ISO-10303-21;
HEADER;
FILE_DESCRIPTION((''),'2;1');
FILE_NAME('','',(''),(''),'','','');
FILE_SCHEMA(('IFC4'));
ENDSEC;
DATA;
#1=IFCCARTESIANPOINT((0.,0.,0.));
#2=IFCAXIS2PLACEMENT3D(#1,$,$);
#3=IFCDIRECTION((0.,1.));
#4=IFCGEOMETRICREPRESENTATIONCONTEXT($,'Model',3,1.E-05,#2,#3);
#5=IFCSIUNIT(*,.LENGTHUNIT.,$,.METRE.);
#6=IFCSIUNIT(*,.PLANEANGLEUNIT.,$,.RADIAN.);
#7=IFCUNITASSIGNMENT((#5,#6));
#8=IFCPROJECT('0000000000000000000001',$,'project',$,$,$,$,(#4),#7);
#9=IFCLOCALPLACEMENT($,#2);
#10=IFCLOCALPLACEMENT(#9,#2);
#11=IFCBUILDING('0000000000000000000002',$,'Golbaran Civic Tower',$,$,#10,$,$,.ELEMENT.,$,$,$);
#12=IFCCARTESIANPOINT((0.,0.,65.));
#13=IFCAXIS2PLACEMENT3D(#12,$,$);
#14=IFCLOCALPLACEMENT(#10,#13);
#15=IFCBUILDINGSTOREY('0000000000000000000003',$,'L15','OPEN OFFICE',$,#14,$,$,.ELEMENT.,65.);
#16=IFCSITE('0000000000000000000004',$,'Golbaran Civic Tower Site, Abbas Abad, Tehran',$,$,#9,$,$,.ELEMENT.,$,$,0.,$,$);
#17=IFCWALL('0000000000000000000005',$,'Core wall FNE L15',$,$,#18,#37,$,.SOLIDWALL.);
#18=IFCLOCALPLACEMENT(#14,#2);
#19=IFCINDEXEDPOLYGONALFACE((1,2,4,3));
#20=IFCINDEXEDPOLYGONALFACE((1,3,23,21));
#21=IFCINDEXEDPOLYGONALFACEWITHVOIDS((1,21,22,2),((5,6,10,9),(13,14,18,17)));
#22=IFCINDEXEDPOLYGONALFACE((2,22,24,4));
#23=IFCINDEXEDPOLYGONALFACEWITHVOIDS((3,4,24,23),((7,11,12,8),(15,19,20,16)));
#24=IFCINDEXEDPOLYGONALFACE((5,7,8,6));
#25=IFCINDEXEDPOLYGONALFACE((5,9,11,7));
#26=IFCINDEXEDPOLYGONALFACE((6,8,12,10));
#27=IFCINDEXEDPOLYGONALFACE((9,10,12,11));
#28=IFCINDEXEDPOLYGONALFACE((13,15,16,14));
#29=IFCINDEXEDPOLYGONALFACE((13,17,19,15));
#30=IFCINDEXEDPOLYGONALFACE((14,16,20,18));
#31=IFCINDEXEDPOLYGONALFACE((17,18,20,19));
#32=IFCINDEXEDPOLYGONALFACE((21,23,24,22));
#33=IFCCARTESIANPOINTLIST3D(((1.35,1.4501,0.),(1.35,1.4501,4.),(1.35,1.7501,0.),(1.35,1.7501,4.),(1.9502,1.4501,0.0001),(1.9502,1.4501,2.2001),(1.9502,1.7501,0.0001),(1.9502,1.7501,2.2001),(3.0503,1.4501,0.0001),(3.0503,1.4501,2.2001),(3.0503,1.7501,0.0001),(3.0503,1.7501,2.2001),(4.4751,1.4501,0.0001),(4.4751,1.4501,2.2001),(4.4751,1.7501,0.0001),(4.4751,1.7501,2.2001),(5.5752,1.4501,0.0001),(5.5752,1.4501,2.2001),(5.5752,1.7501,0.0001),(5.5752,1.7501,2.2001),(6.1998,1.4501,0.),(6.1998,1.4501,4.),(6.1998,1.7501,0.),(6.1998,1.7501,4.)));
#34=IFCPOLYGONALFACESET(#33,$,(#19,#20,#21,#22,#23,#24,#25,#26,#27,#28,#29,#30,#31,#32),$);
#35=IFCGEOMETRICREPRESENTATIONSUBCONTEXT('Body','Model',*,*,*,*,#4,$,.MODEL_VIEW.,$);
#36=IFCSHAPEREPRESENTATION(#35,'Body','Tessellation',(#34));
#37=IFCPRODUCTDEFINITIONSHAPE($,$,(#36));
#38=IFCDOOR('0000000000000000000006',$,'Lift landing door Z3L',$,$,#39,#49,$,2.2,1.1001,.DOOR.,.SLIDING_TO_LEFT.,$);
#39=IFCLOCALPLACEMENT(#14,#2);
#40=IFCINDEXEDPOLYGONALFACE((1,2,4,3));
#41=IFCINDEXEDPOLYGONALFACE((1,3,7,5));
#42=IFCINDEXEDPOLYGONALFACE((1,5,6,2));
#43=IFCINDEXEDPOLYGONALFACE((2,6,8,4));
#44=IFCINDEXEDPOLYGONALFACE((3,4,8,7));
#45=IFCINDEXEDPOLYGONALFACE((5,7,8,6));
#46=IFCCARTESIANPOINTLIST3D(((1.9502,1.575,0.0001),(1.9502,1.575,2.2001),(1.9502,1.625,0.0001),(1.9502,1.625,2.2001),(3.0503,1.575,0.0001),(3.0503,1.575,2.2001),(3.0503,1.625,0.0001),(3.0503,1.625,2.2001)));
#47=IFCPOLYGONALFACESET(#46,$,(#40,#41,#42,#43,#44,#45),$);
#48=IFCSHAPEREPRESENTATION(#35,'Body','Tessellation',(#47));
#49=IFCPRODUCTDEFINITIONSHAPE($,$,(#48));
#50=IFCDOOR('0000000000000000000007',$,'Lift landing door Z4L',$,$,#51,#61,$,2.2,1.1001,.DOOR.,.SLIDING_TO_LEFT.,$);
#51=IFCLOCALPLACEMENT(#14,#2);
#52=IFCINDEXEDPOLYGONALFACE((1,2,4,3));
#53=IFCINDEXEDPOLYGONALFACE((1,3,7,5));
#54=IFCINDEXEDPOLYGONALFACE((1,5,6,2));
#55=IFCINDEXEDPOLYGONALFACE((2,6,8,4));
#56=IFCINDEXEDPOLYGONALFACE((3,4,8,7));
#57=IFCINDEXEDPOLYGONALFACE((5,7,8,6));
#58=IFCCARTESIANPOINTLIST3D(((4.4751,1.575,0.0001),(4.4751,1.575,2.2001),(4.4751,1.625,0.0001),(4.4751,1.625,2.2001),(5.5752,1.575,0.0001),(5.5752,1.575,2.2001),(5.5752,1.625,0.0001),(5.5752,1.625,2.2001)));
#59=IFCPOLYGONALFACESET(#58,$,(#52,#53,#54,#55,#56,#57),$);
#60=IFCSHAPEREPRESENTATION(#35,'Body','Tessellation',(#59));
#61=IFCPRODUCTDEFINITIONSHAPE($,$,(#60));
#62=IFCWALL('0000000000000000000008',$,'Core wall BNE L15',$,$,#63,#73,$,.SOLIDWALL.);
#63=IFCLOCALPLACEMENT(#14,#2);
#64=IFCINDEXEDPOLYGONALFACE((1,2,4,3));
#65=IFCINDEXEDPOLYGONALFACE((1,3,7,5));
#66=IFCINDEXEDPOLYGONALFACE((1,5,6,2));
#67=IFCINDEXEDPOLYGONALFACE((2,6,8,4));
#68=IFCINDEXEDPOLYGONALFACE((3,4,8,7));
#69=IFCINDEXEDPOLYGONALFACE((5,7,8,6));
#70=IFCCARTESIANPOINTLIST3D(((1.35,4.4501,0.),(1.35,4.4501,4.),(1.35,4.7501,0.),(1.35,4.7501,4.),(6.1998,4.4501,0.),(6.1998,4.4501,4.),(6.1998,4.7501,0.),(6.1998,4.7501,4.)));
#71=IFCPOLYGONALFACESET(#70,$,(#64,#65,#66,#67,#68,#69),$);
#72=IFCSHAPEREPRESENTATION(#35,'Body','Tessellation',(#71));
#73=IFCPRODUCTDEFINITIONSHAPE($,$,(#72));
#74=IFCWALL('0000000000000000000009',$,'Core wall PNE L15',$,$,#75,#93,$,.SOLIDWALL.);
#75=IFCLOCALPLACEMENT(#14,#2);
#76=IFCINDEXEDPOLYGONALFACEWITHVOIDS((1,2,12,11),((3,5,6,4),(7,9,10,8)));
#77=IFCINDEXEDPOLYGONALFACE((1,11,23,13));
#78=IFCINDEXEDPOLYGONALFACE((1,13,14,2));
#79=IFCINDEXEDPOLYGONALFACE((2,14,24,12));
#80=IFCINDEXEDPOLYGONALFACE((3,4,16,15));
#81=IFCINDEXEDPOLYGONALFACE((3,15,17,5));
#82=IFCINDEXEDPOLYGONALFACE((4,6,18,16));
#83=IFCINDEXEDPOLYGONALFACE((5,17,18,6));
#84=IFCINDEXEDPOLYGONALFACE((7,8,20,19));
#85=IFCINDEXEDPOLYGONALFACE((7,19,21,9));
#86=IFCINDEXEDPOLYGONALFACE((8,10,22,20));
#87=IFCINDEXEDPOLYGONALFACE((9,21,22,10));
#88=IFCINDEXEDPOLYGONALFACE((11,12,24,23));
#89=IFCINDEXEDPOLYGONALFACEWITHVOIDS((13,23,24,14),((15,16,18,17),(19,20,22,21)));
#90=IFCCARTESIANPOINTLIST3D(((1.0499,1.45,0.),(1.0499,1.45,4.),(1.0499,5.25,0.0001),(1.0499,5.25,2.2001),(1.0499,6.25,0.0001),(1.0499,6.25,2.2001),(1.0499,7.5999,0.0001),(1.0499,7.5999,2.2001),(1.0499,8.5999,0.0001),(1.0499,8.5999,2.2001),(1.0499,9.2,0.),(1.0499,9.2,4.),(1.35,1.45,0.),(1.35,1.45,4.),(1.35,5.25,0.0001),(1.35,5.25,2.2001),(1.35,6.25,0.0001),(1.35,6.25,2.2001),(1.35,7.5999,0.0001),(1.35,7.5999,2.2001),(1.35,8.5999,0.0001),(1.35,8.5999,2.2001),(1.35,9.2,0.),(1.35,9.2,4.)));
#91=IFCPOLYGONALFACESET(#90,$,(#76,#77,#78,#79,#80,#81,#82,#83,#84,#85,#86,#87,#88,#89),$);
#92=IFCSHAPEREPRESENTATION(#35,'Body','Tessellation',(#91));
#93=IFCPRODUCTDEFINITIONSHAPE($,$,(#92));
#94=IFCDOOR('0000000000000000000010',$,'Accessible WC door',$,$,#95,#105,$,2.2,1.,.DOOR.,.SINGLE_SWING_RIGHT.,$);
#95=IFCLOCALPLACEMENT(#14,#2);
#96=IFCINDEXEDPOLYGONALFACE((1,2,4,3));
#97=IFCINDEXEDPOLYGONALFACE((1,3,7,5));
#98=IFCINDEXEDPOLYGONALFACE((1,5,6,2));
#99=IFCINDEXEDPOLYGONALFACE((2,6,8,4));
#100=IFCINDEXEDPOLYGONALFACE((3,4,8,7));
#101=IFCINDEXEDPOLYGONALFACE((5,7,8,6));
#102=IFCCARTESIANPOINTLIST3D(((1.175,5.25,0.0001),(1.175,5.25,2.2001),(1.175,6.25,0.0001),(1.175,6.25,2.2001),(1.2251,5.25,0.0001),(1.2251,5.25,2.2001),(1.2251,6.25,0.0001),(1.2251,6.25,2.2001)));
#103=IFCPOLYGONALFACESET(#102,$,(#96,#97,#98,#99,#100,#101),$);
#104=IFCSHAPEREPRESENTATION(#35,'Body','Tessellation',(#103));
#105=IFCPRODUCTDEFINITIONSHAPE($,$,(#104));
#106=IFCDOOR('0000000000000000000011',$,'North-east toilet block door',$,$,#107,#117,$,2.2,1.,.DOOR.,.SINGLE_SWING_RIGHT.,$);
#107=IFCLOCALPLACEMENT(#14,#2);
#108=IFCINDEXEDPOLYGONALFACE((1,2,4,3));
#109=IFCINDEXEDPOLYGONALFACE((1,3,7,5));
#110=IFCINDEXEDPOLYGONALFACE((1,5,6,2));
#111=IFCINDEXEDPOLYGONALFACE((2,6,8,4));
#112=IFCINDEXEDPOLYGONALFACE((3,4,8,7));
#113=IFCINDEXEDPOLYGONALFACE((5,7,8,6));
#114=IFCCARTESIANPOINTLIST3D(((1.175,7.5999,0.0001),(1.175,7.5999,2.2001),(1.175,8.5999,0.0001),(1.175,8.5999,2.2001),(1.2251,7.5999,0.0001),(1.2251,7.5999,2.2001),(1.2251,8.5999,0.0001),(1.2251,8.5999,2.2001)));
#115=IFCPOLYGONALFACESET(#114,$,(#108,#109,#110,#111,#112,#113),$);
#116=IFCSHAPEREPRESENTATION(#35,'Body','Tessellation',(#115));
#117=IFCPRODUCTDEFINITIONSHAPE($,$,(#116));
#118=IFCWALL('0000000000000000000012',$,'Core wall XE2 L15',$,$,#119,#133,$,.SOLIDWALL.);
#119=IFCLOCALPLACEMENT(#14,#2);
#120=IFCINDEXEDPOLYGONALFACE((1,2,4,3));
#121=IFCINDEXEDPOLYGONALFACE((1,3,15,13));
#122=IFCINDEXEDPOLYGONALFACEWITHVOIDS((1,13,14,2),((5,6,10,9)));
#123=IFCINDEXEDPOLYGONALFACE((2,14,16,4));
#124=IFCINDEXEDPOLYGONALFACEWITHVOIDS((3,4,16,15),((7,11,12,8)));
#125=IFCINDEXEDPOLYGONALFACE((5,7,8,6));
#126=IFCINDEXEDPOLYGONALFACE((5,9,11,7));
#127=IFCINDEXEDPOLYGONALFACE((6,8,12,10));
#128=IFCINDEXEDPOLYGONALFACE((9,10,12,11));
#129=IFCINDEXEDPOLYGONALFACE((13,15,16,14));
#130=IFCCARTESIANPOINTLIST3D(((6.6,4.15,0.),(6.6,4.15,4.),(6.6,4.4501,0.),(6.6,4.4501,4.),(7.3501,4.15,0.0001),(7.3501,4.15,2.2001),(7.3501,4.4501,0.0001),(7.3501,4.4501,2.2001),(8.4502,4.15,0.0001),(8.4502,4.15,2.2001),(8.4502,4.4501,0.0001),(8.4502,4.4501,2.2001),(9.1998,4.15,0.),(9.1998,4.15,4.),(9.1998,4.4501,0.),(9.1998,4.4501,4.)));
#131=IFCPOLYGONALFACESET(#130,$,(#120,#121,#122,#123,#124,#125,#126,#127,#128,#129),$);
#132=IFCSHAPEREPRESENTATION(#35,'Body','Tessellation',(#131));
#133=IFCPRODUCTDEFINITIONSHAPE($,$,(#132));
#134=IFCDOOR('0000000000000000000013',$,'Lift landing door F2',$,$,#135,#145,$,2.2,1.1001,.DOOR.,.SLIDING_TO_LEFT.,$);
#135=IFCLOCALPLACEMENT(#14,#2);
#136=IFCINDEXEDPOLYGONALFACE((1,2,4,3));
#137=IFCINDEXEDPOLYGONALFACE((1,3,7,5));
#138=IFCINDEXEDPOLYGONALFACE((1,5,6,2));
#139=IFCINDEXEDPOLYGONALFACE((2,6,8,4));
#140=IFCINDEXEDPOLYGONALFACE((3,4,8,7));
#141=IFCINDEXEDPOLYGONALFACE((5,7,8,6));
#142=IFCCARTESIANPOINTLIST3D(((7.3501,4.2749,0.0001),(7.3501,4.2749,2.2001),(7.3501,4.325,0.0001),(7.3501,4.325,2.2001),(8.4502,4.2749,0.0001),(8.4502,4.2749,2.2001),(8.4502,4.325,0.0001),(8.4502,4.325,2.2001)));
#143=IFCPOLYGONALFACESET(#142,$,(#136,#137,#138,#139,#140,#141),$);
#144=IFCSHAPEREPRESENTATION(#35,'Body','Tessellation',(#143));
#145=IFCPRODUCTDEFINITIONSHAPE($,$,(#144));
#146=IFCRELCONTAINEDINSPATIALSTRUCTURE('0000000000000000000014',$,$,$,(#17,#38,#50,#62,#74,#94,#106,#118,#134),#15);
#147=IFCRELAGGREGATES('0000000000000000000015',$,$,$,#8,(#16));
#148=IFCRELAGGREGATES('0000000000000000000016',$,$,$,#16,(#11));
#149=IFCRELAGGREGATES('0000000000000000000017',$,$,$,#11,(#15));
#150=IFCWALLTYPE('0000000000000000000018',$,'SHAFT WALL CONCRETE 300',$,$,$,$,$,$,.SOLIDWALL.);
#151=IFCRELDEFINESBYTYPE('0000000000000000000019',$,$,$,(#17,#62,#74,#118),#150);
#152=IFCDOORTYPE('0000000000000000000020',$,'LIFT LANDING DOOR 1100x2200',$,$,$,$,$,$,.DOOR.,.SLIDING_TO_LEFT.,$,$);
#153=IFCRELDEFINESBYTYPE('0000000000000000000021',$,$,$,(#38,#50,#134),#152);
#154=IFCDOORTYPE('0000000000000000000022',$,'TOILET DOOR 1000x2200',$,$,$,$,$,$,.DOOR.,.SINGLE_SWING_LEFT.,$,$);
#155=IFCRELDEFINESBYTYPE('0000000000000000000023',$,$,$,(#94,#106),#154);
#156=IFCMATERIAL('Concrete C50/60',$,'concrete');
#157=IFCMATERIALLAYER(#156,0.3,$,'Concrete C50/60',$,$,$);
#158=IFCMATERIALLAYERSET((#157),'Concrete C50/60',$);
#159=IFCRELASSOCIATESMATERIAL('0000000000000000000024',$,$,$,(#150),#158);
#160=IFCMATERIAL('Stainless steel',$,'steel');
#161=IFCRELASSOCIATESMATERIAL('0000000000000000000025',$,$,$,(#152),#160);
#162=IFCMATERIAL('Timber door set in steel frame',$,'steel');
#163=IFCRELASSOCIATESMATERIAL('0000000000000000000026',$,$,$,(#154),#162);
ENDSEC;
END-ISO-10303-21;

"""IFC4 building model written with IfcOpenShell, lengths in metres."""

from ifc_helpers import new_model, si_unit, direction, frame, frame_2d, origin, place, context, subcontext, project, spatial, rectangle, extrude, material, layer, layer_set, type_object, element, fill, save


model = new_model("IFC4")

# Units and contexts
model_context = context("Model", 3, precision=1e-05, world=origin(), true_north=direction((0.0, 1.0)))
body_context = subcontext(model_context, "Body", "Model", "MODEL_VIEW")
ifc_project = project(units=[si_unit("LENGTHUNIT", "METRE"), si_unit("PLANEANGLEUNIT", "RADIAN")], contexts=[model_context])

# Site, building, storey
site_placement = place(None, origin())
site = spatial("IfcSite", under=ifc_project, at=site_placement, Name="Golbaran Civic Tower Site, Abbas Abad, Tehran", CompositionType="ELEMENT", RefElevation=0.0)
building_placement = place(site_placement, origin())
building = spatial("IfcBuilding", under=site, at=building_placement, Name="Golbaran Civic Tower", CompositionType="ELEMENT")
storey_placement = place(building_placement, frame((0.0, 0.0, 65.0)))
storey = spatial("IfcBuildingStorey", under=building, at=storey_placement, Name="L15", Description="OPEN OFFICE", CompositionType="ELEMENT", Elevation=65.0)

# Shared definitions
ifc_material_1 = material(Name="Timber door set in steel frame", Category="steel")

# Shared definitions
ifc_material_2 = material(Name="Concrete C50/60", Category="concrete")

# Wall, openings, doors
ifc_layer_1 = layer(ifc_material_2, 0.3, Name="Concrete C50/60")
ifc_layer_set_1 = layer_set([ifc_layer_1], Name="Concrete C50/60")
wall_type_1 = type_object("IfcWallType", Name="SHAFT WALL CONCRETE 300", PredefinedType="SOLIDWALL", material=ifc_layer_set_1)
wall_1_placement = place(storey_placement, frame((1.3501, 1.6001, 0.0), z_axis=(0.0, 0.0, 1.0), x_axis=(1.0, 0.0, 0.0)))
wall_1 = element("IfcWall", 1, at=wall_1_placement, inside=storey, type_object=wall_type_1, Name="Core wall FNE L15", PredefinedType="SOLIDWALL", context=body_context, shape_type="SweptSolid", body=[
    extrude(rectangle(XDim=4.8499, YDim=0.3, at=frame_2d((2.4248, 0.0))), origin(), (0.0, 0.0, 1.0), 4.0),
])
opening_1_placement = place(wall_1_placement, frame((0.6001, 0.0, 0.0)))
opening_1 = element("IfcOpeningElement", 2, at=opening_1_placement, cuts=wall_1, PredefinedType="OPENING", context=body_context, shape_type="SweptSolid", body=[
    extrude(rectangle(XDim=1.1001, YDim=2.2, at=frame_2d((0.55, 1.1001))), frame((0.0, 0.1599, 0.0), z_axis=(0.0, -1.0, 0.0), x_axis=(1.0, 0.0, 0.0)), (0.0, 0.0, 1.0), 0.3201),
])
opening_2_placement = place(wall_1_placement, frame((3.125, 0.0, 0.0)))
opening_2 = element("IfcOpeningElement", 3, at=opening_2_placement, cuts=wall_1, PredefinedType="OPENING", context=body_context, shape_type="SweptSolid", body=[
    extrude(rectangle(XDim=1.1001, YDim=2.2, at=frame_2d((0.55, 1.1001))), frame((0.0, 0.1599, 0.0), z_axis=(0.0, -1.0, 0.0), x_axis=(1.0, 0.0, 0.0)), (0.0, 0.0, 1.0), 0.3201),
])
ifc_material_3 = material(Name="Stainless steel", Category="steel")
door_type_1 = type_object("IfcDoorType", Name="LIFT LANDING DOOR 1100x2200", OperationType="SLIDING_TO_LEFT", PredefinedType="DOOR", material=ifc_material_3)
door_1_placement = place(opening_1_placement, origin())
door_1 = element("IfcDoor", 4, at=door_1_placement, inside=storey, type_object=door_type_1, Name="Lift landing door Z3L", OperationType="SLIDING_TO_LEFT", OverallHeight=2.2, OverallWidth=1.1001, PredefinedType="DOOR", context=body_context, shape_type="SweptSolid", body=[
    extrude(rectangle(XDim=1.1001, YDim=2.2, at=frame_2d((0.55, 1.1001))), frame((0.0, 0.0249, 0.0), z_axis=(0.0, -1.0, 0.0), x_axis=(1.0, 0.0, 0.0)), (0.0, 0.0, 1.0), 0.05),
])
fill(opening_1, door_1)
door_2_placement = place(opening_2_placement, origin())
door_2 = element("IfcDoor", 5, at=door_2_placement, inside=storey, type_object=door_type_1, Name="Lift landing door Z4L", OperationType="SLIDING_TO_LEFT", OverallHeight=2.2, OverallWidth=1.1001, PredefinedType="DOOR", context=body_context, shape_type="SweptSolid", body=[
    extrude(rectangle(XDim=1.1001, YDim=2.2, at=frame_2d((0.55, 1.1001))), frame((0.0, 0.0249, 0.0), z_axis=(0.0, -1.0, 0.0), x_axis=(1.0, 0.0, 0.0)), (0.0, 0.0, 1.0), 0.05),
])
fill(opening_2, door_2)

# Wall
wall_2_placement = place(storey_placement, frame((1.3501, 4.6001, 0.0), z_axis=(0.0, 0.0, 1.0), x_axis=(1.0, 0.0, 0.0)))
element("IfcWall", 6, at=wall_2_placement, inside=storey, type_object=wall_type_1, Name="Core wall BNE L15", PredefinedType="SOLIDWALL", context=body_context, shape_type="SweptSolid", body=[
    extrude(rectangle(XDim=4.8499, YDim=0.3, at=frame_2d((2.4248, 0.0))), origin(), (0.0, 0.0, 1.0), 4.0),
])

# Wall, openings, doors
wall_3_placement = place(storey_placement, frame((1.2, 1.45, 0.0), z_axis=(0.0, 0.0, 1.0), x_axis=(0.0, 1.0, 0.0)))
wall_3 = element("IfcWall", 7, at=wall_3_placement, inside=storey, type_object=wall_type_1, Name="Core wall PNE L15", PredefinedType="SOLIDWALL", context=body_context, shape_type="SweptSolid", body=[
    extrude(rectangle(XDim=7.75, YDim=0.3, at=frame_2d((3.875, 0.0))), origin(), (0.0, 0.0, 1.0), 4.0),
])
opening_3_placement = place(wall_3_placement, frame((3.8, 0.0, 0.0)))
opening_3 = element("IfcOpeningElement", 8, at=opening_3_placement, cuts=wall_3, PredefinedType="OPENING", context=body_context, shape_type="SweptSolid", body=[
    extrude(rectangle(XDim=1.0, YDim=2.2, at=frame_2d((0.5, 1.1001))), frame((0.0, 0.1599, 0.0), z_axis=(0.0, -1.0, 0.0), x_axis=(1.0, 0.0, 0.0)), (0.0, 0.0, 1.0), 0.3201),
])
opening_4_placement = place(wall_3_placement, frame((6.1499, 0.0, 0.0)))
opening_4 = element("IfcOpeningElement", 9, at=opening_4_placement, cuts=wall_3, PredefinedType="OPENING", context=body_context, shape_type="SweptSolid", body=[
    extrude(rectangle(XDim=1.0, YDim=2.2, at=frame_2d((0.5, 1.1001))), frame((0.0, 0.1599, 0.0), z_axis=(0.0, -1.0, 0.0), x_axis=(1.0, 0.0, 0.0)), (0.0, 0.0, 1.0), 0.3201),
])
door_type_2 = type_object("IfcDoorType", Name="TOILET DOOR 1000x2200", OperationType="SINGLE_SWING_LEFT", PredefinedType="DOOR", material=ifc_material_1)
door_3_placement = place(opening_3_placement, origin())
door_3 = element("IfcDoor", 10, at=door_3_placement, inside=storey, type_object=door_type_2, Name="Accessible WC door", OperationType="SINGLE_SWING_RIGHT", OverallHeight=2.2, OverallWidth=1.0, PredefinedType="DOOR", context=body_context, shape_type="SweptSolid", body=[
    extrude(rectangle(XDim=1.0, YDim=2.2, at=frame_2d((0.5, 1.1001))), frame((0.0, 0.0249, 0.0), z_axis=(0.0, -1.0, 0.0), x_axis=(1.0, 0.0, 0.0)), (0.0, 0.0, 1.0), 0.05),
])
fill(opening_3, door_3)
door_4_placement = place(opening_4_placement, origin())
door_4 = element("IfcDoor", 11, at=door_4_placement, inside=storey, type_object=door_type_2, Name="North-east toilet block door", OperationType="SINGLE_SWING_RIGHT", OverallHeight=2.2, OverallWidth=1.0, PredefinedType="DOOR", context=body_context, shape_type="SweptSolid", body=[
    extrude(rectangle(XDim=1.0, YDim=2.2, at=frame_2d((0.5, 1.1001))), frame((0.0, 0.0249, 0.0), z_axis=(0.0, -1.0, 0.0), x_axis=(1.0, 0.0, 0.0)), (0.0, 0.0, 1.0), 0.05),
])
fill(opening_4, door_4)

# Wall, opening, door
wall_4_placement = place(storey_placement, frame((6.6001, 4.3, 0.0), z_axis=(0.0, 0.0, 1.0), x_axis=(1.0, 0.0, 0.0)))
wall_4 = element("IfcWall", 12, at=wall_4_placement, inside=storey, type_object=wall_type_1, Name="Core wall XE2 L15", PredefinedType="SOLIDWALL", context=body_context, shape_type="SweptSolid", body=[
    extrude(rectangle(XDim=2.5999, YDim=0.3, at=frame_2d((1.2998, 0.0))), origin(), (0.0, 0.0, 1.0), 4.0),
])
opening_5_placement = place(wall_4_placement, frame((0.75, 0.0, 0.0)))
opening_5 = element("IfcOpeningElement", 13, at=opening_5_placement, cuts=wall_4, PredefinedType="OPENING", context=body_context, shape_type="SweptSolid", body=[
    extrude(rectangle(XDim=1.1001, YDim=2.2, at=frame_2d((0.55, 1.1001))), frame((0.0, 0.1599, 0.0), z_axis=(0.0, -1.0, 0.0), x_axis=(1.0, 0.0, 0.0)), (0.0, 0.0, 1.0), 0.3201),
])
door_5_placement = place(opening_5_placement, origin())
door_5 = element("IfcDoor", 14, at=door_5_placement, inside=storey, type_object=door_type_1, Name="Lift landing door F2", OperationType="SLIDING_TO_LEFT", OverallHeight=2.2, OverallWidth=1.1001, PredefinedType="DOOR", context=body_context, shape_type="SweptSolid", body=[
    extrude(rectangle(XDim=1.1001, YDim=2.2, at=frame_2d((0.55, 1.1001))), frame((0.0, 0.0249, 0.0), z_axis=(0.0, -1.0, 0.0), x_axis=(1.0, 0.0, 0.0)), (0.0, 0.0, 1.0), 0.05),
])
fill(opening_5, door_5)

save(model, "model.ifc")
